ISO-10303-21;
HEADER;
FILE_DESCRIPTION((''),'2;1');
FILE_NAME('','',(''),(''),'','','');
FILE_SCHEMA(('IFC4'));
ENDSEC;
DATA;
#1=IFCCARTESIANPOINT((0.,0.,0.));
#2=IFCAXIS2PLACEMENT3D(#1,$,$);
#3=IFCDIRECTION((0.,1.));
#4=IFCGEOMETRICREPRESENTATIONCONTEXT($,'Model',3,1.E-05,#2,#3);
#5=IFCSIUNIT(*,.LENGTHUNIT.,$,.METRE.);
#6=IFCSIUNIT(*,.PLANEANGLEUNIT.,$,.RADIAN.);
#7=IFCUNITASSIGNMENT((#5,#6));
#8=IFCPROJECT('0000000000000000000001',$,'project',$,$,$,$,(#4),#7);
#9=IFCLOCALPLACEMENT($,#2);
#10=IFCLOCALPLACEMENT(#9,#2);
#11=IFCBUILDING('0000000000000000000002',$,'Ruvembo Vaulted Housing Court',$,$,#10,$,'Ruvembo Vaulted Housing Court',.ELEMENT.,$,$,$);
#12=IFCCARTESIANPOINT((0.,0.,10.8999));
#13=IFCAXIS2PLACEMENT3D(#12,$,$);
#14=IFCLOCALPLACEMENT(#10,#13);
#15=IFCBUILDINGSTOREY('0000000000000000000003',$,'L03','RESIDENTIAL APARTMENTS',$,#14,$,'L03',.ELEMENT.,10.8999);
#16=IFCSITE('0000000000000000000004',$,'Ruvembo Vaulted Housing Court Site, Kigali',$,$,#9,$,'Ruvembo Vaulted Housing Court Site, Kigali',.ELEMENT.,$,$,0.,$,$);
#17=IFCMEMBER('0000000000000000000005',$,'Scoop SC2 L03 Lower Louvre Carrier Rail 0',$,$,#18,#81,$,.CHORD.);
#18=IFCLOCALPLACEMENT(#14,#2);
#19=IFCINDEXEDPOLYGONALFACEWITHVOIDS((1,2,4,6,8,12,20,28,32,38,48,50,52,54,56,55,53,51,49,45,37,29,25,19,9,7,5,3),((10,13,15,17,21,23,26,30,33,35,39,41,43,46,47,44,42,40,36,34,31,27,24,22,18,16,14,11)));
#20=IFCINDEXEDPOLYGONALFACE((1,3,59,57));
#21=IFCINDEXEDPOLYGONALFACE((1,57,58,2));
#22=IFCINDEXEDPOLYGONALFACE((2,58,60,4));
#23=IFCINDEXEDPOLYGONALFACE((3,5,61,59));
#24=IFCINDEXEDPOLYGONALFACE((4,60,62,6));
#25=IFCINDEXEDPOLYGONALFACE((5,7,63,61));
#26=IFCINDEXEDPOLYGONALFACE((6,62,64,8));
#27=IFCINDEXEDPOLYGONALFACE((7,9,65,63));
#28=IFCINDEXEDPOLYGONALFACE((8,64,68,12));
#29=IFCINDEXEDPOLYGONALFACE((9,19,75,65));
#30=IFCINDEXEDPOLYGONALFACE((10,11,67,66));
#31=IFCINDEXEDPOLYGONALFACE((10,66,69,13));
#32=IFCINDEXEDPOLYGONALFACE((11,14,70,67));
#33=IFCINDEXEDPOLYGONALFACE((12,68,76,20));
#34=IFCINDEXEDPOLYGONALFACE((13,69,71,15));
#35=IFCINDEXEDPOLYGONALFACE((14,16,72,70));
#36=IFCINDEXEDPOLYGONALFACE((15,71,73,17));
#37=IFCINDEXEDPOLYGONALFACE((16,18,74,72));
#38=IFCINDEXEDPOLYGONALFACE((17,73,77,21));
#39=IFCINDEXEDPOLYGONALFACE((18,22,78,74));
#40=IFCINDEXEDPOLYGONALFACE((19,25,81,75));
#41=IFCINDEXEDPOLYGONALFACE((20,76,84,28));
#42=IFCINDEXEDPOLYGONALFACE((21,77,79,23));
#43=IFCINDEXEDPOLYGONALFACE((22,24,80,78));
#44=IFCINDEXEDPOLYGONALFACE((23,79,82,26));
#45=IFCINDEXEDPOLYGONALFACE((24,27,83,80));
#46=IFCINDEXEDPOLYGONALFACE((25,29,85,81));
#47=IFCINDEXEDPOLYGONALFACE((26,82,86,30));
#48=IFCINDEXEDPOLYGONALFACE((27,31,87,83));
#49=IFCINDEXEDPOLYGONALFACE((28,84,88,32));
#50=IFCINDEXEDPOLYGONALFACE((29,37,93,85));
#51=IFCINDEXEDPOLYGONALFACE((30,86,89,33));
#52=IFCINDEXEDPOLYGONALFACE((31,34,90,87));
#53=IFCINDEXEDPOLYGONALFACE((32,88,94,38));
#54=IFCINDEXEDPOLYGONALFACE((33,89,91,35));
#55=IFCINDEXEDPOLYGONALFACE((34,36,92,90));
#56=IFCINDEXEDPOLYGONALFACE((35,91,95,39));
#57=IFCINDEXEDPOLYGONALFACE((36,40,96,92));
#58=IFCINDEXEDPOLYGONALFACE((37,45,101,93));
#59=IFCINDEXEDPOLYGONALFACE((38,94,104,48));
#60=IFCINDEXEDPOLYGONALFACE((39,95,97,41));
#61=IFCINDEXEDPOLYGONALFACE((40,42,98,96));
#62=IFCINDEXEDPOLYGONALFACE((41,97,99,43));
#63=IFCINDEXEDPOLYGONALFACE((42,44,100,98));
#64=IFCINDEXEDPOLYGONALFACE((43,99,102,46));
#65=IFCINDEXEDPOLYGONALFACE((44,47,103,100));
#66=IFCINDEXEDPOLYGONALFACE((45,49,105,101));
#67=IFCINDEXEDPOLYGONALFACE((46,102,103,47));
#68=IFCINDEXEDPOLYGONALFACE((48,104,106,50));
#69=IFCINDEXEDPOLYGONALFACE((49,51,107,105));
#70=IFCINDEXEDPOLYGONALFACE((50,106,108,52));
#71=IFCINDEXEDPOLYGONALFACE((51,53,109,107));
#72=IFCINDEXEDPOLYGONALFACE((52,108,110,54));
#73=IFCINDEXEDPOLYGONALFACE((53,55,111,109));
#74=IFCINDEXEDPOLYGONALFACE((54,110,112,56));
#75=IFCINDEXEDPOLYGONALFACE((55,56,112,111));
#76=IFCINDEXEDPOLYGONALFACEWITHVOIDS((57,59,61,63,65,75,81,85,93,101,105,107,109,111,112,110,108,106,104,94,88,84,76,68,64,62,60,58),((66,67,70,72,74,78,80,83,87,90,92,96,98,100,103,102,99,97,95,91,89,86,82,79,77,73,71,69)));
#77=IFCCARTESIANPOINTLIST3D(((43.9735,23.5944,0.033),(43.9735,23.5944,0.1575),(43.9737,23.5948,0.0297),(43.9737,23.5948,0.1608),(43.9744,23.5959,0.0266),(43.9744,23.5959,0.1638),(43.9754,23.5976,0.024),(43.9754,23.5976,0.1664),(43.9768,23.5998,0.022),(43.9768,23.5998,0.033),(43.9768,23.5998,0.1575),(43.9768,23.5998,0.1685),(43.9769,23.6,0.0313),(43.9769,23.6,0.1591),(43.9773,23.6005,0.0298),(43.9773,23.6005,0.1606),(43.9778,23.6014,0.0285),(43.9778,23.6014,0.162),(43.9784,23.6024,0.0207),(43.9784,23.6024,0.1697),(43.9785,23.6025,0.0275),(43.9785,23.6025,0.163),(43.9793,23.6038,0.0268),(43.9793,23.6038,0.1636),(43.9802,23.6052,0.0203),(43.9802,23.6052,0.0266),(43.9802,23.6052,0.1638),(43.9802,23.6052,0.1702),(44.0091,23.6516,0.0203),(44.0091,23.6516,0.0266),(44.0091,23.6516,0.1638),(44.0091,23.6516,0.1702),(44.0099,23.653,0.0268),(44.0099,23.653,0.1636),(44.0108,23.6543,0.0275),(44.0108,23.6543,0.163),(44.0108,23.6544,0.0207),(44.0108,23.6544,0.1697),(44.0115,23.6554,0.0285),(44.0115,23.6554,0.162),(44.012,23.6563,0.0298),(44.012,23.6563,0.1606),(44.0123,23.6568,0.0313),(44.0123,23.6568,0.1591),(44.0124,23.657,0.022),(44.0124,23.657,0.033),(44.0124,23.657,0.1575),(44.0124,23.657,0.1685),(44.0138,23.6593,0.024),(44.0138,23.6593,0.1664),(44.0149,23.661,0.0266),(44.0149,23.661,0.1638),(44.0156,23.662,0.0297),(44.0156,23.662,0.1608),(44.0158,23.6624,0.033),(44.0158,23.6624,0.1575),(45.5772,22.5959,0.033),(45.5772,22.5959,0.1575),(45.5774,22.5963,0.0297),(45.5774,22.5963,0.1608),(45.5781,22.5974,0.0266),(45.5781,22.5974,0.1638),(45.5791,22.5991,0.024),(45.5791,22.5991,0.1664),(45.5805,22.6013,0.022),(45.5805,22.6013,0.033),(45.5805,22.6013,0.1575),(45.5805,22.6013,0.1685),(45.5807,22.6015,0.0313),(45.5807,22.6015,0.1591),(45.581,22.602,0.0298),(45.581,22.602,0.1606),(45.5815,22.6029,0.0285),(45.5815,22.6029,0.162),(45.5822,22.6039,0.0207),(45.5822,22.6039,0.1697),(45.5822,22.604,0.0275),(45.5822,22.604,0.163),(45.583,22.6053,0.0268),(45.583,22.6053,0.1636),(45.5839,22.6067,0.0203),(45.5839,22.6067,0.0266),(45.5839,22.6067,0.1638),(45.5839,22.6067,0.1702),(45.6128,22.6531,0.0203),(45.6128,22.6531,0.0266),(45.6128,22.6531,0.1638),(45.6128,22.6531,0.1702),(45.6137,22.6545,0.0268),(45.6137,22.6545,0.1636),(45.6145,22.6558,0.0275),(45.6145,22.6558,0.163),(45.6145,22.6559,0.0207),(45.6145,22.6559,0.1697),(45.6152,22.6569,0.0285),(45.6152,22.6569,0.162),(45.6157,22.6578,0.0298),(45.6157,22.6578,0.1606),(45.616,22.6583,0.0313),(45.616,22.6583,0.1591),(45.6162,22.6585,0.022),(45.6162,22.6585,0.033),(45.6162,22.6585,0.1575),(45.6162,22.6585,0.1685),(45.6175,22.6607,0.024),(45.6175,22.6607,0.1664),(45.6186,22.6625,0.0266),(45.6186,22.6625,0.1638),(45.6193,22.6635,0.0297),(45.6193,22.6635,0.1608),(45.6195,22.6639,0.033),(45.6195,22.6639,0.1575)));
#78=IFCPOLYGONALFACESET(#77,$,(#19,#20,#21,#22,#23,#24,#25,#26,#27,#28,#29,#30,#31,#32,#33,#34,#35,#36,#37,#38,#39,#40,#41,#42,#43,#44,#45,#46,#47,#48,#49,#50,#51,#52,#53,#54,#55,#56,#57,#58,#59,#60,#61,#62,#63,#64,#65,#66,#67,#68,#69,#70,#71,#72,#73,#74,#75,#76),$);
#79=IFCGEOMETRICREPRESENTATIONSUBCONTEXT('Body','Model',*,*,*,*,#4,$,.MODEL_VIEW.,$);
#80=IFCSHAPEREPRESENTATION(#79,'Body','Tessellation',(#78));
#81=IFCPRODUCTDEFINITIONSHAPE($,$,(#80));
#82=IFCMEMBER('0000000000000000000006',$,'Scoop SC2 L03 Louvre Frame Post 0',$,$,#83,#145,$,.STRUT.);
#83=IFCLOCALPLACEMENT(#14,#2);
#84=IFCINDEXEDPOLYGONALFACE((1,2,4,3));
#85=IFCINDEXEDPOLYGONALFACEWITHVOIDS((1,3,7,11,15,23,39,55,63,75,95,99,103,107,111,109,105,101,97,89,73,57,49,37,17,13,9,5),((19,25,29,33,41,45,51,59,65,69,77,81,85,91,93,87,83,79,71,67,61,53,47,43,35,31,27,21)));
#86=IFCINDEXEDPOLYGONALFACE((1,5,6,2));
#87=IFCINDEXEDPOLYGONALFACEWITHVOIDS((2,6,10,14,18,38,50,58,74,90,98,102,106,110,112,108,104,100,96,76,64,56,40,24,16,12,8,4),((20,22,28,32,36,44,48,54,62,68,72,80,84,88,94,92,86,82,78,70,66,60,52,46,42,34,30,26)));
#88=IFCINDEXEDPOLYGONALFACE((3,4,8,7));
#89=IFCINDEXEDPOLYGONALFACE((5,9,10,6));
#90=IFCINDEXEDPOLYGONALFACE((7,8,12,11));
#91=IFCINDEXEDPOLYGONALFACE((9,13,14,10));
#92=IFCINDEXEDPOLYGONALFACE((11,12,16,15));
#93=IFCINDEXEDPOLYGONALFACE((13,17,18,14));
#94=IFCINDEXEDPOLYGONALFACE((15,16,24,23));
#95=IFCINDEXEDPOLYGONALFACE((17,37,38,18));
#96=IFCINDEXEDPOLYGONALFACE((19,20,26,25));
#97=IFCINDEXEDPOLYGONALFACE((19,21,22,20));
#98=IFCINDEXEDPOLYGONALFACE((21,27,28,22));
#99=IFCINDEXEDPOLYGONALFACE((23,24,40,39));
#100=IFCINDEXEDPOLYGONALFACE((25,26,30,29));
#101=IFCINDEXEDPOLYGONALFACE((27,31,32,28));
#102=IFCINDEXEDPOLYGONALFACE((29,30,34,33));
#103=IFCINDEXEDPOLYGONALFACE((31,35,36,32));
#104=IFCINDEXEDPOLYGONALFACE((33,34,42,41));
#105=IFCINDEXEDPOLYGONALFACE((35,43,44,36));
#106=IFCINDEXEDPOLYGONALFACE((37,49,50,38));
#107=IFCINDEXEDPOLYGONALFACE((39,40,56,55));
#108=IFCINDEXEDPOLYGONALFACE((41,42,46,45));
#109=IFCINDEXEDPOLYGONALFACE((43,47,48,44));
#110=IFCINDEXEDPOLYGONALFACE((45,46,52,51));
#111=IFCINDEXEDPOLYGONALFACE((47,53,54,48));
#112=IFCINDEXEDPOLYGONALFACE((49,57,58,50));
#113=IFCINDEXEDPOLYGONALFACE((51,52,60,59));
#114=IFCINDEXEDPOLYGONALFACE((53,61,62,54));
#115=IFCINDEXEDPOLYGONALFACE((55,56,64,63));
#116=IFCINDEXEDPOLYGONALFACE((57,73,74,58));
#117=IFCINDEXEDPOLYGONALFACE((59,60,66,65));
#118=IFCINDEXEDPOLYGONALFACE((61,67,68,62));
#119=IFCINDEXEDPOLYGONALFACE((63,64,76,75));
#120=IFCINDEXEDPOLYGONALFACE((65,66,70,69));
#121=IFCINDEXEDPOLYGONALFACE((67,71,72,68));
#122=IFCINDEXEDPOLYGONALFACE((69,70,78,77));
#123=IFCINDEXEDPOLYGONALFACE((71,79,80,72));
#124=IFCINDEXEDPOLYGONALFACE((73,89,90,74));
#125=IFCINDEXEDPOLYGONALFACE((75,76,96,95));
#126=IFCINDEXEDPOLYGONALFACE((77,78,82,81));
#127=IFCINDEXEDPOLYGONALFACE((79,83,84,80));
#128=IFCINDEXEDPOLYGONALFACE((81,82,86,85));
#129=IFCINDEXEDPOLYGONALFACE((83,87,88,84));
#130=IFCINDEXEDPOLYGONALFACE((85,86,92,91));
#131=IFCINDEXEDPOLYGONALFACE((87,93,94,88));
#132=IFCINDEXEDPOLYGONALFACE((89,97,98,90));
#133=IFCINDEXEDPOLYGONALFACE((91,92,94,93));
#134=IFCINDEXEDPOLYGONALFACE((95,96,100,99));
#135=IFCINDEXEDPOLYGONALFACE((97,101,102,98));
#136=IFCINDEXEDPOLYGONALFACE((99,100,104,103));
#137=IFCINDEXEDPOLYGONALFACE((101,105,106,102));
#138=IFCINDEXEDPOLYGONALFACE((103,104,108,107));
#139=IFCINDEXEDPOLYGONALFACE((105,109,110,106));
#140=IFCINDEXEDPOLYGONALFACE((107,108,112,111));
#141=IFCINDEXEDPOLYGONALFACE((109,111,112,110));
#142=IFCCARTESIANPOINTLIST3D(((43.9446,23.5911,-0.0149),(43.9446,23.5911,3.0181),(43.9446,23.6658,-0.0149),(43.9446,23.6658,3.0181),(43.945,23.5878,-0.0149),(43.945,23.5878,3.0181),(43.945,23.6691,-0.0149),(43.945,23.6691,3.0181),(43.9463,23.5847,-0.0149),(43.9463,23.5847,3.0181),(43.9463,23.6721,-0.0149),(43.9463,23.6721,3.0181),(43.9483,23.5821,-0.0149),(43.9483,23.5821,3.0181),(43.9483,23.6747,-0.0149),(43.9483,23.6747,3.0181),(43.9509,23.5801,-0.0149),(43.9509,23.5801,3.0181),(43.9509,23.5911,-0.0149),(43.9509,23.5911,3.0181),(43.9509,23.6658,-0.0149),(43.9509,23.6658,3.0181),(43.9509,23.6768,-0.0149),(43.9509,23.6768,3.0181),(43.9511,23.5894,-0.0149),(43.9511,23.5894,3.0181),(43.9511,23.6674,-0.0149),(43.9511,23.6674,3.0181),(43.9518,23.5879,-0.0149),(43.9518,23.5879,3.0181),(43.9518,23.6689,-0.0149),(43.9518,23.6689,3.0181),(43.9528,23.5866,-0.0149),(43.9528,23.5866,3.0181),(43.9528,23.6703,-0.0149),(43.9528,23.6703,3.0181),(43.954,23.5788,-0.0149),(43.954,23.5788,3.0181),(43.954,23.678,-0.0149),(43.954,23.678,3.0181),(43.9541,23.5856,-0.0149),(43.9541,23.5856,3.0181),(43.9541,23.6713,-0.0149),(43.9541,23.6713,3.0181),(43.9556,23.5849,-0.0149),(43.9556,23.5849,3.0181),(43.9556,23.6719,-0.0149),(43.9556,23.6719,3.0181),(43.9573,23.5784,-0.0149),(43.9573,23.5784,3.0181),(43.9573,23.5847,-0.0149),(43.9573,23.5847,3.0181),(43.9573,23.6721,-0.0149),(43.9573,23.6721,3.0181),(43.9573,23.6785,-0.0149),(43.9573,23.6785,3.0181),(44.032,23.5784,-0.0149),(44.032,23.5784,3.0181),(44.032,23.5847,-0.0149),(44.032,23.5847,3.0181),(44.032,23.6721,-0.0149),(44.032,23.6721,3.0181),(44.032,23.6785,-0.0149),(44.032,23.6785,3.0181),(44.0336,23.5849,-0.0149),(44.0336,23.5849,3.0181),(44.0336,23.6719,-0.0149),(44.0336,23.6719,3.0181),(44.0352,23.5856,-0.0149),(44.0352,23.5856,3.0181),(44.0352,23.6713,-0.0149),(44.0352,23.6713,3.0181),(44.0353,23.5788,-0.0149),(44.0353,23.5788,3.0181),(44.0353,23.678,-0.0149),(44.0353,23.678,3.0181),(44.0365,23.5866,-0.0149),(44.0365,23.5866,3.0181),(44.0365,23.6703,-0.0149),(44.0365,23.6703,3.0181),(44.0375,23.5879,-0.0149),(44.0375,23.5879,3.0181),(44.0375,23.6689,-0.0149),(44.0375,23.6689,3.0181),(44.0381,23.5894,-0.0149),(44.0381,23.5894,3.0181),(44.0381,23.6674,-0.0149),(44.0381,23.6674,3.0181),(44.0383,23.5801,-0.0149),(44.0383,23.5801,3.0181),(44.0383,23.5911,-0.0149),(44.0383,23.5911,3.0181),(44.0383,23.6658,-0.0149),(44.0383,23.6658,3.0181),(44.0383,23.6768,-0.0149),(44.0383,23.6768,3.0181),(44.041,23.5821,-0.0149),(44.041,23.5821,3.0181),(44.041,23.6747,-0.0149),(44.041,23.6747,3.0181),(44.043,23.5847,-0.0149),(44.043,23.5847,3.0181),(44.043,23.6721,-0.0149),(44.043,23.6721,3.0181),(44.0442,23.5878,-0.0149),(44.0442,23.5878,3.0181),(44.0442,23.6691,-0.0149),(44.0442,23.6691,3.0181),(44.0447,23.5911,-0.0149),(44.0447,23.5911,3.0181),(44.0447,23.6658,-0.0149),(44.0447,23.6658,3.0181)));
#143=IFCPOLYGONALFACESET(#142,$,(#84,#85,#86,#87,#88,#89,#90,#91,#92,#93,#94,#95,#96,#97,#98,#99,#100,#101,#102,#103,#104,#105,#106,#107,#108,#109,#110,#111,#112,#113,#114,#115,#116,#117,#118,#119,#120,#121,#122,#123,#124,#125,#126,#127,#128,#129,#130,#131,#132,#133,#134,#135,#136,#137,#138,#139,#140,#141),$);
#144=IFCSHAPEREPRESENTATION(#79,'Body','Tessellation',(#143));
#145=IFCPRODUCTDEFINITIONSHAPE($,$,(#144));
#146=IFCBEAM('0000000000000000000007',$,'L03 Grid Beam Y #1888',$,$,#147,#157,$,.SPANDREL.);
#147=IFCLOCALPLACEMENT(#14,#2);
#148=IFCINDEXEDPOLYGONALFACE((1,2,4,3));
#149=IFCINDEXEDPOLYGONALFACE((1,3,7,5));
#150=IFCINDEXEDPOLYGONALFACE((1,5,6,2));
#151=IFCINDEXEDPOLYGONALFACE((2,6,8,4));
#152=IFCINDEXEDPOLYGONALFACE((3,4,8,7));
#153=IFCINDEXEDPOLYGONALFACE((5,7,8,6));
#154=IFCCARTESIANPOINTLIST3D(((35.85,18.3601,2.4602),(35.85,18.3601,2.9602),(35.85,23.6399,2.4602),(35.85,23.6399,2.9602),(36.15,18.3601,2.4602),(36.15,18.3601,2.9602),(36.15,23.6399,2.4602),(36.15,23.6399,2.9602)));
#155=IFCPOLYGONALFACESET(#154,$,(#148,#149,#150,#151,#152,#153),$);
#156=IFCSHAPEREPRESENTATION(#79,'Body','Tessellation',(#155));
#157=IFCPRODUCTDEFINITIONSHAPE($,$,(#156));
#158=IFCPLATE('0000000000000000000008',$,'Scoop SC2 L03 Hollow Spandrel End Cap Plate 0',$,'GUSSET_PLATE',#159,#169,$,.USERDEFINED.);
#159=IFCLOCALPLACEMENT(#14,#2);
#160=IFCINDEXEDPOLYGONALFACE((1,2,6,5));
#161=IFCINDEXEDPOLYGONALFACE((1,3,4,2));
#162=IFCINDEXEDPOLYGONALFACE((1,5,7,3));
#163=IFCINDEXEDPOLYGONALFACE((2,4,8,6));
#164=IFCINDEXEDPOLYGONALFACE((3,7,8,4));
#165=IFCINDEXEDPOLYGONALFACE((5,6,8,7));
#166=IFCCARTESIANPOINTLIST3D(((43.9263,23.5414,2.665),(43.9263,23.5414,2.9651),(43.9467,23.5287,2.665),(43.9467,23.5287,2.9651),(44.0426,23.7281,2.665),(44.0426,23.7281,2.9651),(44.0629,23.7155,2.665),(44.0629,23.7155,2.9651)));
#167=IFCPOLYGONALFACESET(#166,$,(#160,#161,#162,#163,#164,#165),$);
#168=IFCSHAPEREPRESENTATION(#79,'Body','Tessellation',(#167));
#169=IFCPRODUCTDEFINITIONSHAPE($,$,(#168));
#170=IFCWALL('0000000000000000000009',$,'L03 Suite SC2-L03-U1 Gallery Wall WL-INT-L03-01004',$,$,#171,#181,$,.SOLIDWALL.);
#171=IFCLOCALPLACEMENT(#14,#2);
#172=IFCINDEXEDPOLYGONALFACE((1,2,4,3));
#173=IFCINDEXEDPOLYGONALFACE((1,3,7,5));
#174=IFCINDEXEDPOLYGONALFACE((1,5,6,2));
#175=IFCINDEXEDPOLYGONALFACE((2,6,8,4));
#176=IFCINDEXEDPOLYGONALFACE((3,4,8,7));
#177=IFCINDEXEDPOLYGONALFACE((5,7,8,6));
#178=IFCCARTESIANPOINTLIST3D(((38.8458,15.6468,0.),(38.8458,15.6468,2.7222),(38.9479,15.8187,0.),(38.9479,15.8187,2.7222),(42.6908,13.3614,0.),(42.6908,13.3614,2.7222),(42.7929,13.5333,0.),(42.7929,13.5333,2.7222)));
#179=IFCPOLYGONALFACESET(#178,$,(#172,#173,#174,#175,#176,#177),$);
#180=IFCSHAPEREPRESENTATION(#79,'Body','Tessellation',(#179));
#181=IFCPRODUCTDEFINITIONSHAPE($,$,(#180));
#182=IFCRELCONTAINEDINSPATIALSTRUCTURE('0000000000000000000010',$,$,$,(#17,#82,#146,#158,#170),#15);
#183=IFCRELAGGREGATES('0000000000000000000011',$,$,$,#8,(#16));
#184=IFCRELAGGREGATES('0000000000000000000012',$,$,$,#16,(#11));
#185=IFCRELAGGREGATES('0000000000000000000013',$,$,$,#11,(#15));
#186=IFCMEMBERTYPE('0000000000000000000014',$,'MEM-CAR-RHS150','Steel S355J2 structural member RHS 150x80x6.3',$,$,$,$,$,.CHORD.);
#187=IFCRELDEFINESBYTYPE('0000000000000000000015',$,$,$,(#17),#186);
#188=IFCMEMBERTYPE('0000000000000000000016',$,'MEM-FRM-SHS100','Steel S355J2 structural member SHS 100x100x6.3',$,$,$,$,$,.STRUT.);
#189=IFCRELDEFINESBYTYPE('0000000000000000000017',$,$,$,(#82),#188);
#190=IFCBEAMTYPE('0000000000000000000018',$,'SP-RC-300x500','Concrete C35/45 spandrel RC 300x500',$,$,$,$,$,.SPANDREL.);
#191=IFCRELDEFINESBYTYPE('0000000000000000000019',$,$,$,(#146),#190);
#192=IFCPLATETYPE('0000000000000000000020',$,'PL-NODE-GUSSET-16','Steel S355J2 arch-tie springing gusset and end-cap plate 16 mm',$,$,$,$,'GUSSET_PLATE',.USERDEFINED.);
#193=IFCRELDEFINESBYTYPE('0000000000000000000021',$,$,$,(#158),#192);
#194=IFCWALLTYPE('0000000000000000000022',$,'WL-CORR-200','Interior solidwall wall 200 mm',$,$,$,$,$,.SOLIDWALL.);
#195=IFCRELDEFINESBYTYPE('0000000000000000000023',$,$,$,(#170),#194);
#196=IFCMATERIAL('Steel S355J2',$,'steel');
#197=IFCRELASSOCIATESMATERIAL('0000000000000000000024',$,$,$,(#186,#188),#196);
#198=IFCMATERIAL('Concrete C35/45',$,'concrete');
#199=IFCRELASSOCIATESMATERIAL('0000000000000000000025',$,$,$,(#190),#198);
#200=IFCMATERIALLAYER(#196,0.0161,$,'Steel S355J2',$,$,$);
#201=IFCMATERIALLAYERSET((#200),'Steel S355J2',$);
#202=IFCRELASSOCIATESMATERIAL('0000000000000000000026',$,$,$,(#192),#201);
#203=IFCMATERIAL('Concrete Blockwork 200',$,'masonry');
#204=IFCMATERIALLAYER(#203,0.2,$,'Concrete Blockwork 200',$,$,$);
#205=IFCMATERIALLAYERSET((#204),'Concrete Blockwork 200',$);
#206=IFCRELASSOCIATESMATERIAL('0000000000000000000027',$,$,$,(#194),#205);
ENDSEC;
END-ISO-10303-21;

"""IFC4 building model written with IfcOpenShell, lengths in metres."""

from ifc_helpers import new_model, si_unit, direction, frame, frame_2d, origin, origin_2d, place, context, subcontext, project, spatial, rectangle, hollow_rectangle, extrude, material, layer, layer_set, material_profile, profile_set, type_object, element, save


model = new_model("IFC4")

# Units and contexts
model_context = context("Model", 3, precision=1e-05, world=origin(), true_north=direction((0.0, 1.0)))
body_context = subcontext(model_context, "Body", "Model", "MODEL_VIEW")
ifc_project = project(units=[si_unit("LENGTHUNIT", "METRE"), si_unit("PLANEANGLEUNIT", "RADIAN")], contexts=[model_context])

# Site, building, storey
site_placement = place(None, origin())
site = spatial("IfcSite", under=ifc_project, at=site_placement, Name="Ruvembo Vaulted Housing Court Site, Kigali", LongName="Ruvembo Vaulted Housing Court Site, Kigali", CompositionType="ELEMENT", RefElevation=0.0)
building_placement = place(site_placement, origin())
building = spatial("IfcBuilding", under=site, at=building_placement, Name="Ruvembo Vaulted Housing Court", LongName="Ruvembo Vaulted Housing Court", CompositionType="ELEMENT")
storey_placement = place(building_placement, frame((0.0, 0.0, 10.8999)))
storey = spatial("IfcBuildingStorey", under=building, at=storey_placement, Name="L03", Description="RESIDENTIAL APARTMENTS", LongName="L03", CompositionType="ELEMENT", Elevation=10.8999)

# Shared definitions
ifc_material_1 = material(Name="Steel S355J2", Category="steel")

# Members
ifc_material_profile_1 = material_profile(ifc_material_1, hollow_rectangle(XDim=0.0801, YDim=0.1499, WallThickness=0.0063, InnerFilletRadius=0.0063, OuterFilletRadius=0.0127, at=origin_2d()), Name="RHS 150x80x6.3")
ifc_profile_set_1 = profile_set([ifc_material_profile_1], Name="Steel S355J2")
member_type_1 = type_object("IfcMemberType", Name="MEM-CAR-RHS150", Description="Steel S355J2 structural member RHS 150x80x6.3", PredefinedType="CHORD", material=ifc_profile_set_1)
member_1_placement = place(storey_placement, frame((43.9946, 23.6284, 0.0952), z_axis=(0.848905, -0.528546, 0.0), x_axis=(0.528546, 0.848905, 0.0)))
element("IfcMember", 1, at=member_1_placement, inside=storey, type_object=member_type_1, Name="Scoop SC2 L03 Lower Louvre Carrier Rail 0", PredefinedType="CHORD", context=body_context, shape_type="SweptSolid", body=[
    extrude(hollow_rectangle(XDim=0.0801, YDim=0.1499, WallThickness=0.0063, InnerFilletRadius=0.0063, OuterFilletRadius=0.0127, at=origin_2d()), origin(), (0.0, 0.0, 1.0), 1.8892),
])
ifc_material_profile_2 = material_profile(ifc_material_1, hollow_rectangle(XDim=0.1001, YDim=0.1001, WallThickness=0.0063, InnerFilletRadius=0.0063, OuterFilletRadius=0.0127, at=origin_2d()), Name="SHS 100x100x6.3")
ifc_profile_set_2 = profile_set([ifc_material_profile_2], Name="Steel S355J2")
member_type_2 = type_object("IfcMemberType", Name="MEM-FRM-SHS100", Description="Steel S355J2 structural member SHS 100x100x6.3", PredefinedType="STRUT", material=ifc_profile_set_2)
member_2_placement = place(storey_placement, frame((43.9946, 23.6284, -0.0149), z_axis=(0.0, 0.0, 1.0), x_axis=(1.0, 0.0, 0.0)))
element("IfcMember", 2, at=member_2_placement, inside=storey, type_object=member_type_2, Name="Scoop SC2 L03 Louvre Frame Post 0", PredefinedType="STRUT", context=body_context, shape_type="SweptSolid", body=[
    extrude(hollow_rectangle(XDim=0.1001, YDim=0.1001, WallThickness=0.0063, InnerFilletRadius=0.0063, OuterFilletRadius=0.0127, at=origin_2d()), origin(), (0.0, 0.0, 1.0), 3.033),
])

# Beam
ifc_material_2 = material(Name="Concrete C35/45", Category="concrete")
ifc_material_profile_3 = material_profile(ifc_material_2, rectangle(XDim=0.3, YDim=0.5, at=origin_2d()), Name="RC 300x500")
ifc_profile_set_3 = profile_set([ifc_material_profile_3], Name="Concrete C35/45")
beam_type_1 = type_object("IfcBeamType", Name="SP-RC-300x500", Description="Concrete C35/45 spandrel RC 300x500", PredefinedType="SPANDREL", material=ifc_profile_set_3)
beam_1_placement = place(storey_placement, frame((36.0, 18.3601, 2.7102), z_axis=(0.0, 1.0, 0.0), x_axis=(-1.0, 0.0, 0.0)))
element("IfcBeam", 3, at=beam_1_placement, inside=storey, type_object=beam_type_1, Name="L03 Grid Beam Y #1888", PredefinedType="SPANDREL", context=body_context, shape_type="SweptSolid", body=[
    extrude(rectangle(XDim=0.3, YDim=0.5, at=origin_2d()), origin(), (0.0, 0.0, 1.0), 5.2798),
])

# Plate
ifc_layer_1 = layer(ifc_material_1, 0.0161, Name="Steel S355J2")
ifc_layer_set_1 = layer_set([ifc_layer_1], Name="Steel S355J2")
plate_type = type_object("IfcPlateType", Name="PL-NODE-GUSSET-16", Description="Steel S355J2 arch-tie springing gusset and end-cap plate 16 mm", ElementType="GUSSET_PLATE", PredefinedType="USERDEFINED", material=ifc_layer_set_1)
plate_placement = place(storey_placement, frame((43.9946, 23.6284, 2.665), z_axis=(0.0, 0.0, 1.0), x_axis=(0.848898, -0.528557, 0.0)))
element("IfcPlate", 4, at=plate_placement, inside=storey, type_object=plate_type, Name="Scoop SC2 L03 Hollow Spandrel End Cap Plate 0", ObjectType="GUSSET_PLATE", PredefinedType="USERDEFINED", context=body_context, shape_type="SweptSolid", body=[
    extrude(rectangle(XDim=0.0239, YDim=0.22, at=origin_2d()), origin(), (0.0, 0.0, 1.0), 0.3),
])

# Shared definitions
ifc_material_3 = material(Name="Concrete Blockwork 200", Category="masonry")
ifc_layer_2 = layer(ifc_material_3, 0.2, Name="Concrete Blockwork 200")
ifc_layer_set_2 = layer_set([ifc_layer_2], Name="Concrete Blockwork 200")
wall_type_1 = type_object("IfcWallType", Name="WL-CORR-200", Description="Interior solidwall wall 200 mm", PredefinedType="SOLIDWALL", material=ifc_layer_set_2)

# Wall
wall_1_placement = place(storey_placement, frame((38.897, 15.7327, 0.0), z_axis=(0.0, 0.0, 1.0), x_axis=(0.859614, -0.510944, 0.0)))
element("IfcWall", 5, at=wall_1_placement, inside=storey, type_object=wall_type_1, Name="L03 Suite SC2-L03-U1 Gallery Wall WL-INT-L03-01004", PredefinedType="SOLIDWALL", context=body_context, shape_type="SweptSolid", body=[
    extrude(rectangle(XDim=4.4729, YDim=0.2, at=frame_2d((2.2363, 0.0))), origin(), (0.0, 0.0, 1.0), 2.7222),
])

save(model, "model.ifc")
